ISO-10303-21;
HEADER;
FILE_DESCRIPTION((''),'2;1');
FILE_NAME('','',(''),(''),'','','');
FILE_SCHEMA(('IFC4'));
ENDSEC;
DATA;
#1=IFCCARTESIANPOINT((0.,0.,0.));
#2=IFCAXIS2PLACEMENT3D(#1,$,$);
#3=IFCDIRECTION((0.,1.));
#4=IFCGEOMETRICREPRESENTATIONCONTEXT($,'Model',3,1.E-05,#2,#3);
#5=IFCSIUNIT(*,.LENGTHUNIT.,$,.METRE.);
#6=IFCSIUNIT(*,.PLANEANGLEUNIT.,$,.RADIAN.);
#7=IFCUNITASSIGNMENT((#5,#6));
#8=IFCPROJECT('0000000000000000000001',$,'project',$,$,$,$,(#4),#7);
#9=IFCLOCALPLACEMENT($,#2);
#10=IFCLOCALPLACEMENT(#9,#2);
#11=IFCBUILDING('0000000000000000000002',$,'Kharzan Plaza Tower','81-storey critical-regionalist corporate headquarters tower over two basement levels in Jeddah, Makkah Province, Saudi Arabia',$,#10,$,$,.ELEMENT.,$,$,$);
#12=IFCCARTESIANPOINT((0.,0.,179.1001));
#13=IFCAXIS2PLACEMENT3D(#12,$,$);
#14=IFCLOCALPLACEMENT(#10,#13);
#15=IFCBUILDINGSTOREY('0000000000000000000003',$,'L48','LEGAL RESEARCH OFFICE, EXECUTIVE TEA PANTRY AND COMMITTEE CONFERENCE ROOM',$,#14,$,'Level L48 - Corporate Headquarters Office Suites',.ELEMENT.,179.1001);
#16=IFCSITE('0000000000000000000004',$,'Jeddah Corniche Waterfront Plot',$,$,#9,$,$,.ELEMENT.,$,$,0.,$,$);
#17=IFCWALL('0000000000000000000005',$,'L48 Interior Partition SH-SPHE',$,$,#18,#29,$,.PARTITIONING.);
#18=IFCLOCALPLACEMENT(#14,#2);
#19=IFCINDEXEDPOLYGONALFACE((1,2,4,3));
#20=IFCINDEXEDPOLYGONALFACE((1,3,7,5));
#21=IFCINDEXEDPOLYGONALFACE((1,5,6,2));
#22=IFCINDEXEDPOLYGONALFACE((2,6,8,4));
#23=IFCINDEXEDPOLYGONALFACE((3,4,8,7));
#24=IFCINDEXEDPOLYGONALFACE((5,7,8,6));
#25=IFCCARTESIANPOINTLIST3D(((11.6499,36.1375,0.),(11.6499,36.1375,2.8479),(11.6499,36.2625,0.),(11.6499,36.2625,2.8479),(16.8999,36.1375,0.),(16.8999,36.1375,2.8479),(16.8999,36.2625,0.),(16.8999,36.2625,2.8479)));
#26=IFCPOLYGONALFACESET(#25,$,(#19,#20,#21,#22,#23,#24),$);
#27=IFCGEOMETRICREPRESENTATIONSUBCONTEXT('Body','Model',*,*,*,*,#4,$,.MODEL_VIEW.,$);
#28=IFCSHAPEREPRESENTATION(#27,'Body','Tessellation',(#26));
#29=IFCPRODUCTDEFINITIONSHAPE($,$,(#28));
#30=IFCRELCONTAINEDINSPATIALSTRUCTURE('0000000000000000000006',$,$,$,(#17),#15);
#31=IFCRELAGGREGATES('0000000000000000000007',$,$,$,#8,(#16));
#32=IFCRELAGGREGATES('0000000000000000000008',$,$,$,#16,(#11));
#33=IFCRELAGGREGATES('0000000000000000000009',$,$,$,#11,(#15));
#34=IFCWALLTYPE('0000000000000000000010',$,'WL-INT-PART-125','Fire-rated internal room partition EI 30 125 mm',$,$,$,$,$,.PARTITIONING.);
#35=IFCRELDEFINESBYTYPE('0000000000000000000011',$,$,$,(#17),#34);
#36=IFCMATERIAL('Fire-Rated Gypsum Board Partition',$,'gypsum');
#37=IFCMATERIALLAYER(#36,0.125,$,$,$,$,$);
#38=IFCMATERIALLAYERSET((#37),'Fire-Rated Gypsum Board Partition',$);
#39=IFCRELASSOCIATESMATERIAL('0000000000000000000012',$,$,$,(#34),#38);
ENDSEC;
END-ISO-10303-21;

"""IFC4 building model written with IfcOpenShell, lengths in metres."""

from ifc_helpers import new_model, si_unit, direction, frame, frame_2d, origin, place, context, subcontext, project, spatial, rectangle, extrude, source, transform, mapped, material, layer, layer_set, type_object, element, save


model = new_model("IFC4")

# Units and contexts
model_context = context("Model", 3, precision=1e-05, world=origin(), true_north=direction((0.0, 1.0)))
body_context = subcontext(model_context, "Body", "Model", "MODEL_VIEW")
ifc_project = project(units=[si_unit("LENGTHUNIT", "METRE"), si_unit("PLANEANGLEUNIT", "RADIAN")], contexts=[model_context])

# Site, building, storey
site_placement = place(None, origin())
site = spatial("IfcSite", under=ifc_project, at=site_placement, Name="Jeddah Corniche Waterfront Plot", CompositionType="ELEMENT", RefElevation=0.0)
building_placement = place(site_placement, origin())
building = spatial("IfcBuilding", under=site, at=building_placement, Name="Kharzan Plaza Tower", Description="81-storey critical-regionalist corporate headquarters tower over two basement levels in Jeddah, Makkah Province, Saudi Arabia", CompositionType="ELEMENT")
storey_placement = place(building_placement, frame((0.0, 0.0, 179.1001)))
storey = spatial("IfcBuildingStorey", under=building, at=storey_placement, Name="L48", Description="LEGAL RESEARCH OFFICE, EXECUTIVE TEA PANTRY AND COMMITTEE CONFERENCE ROOM", LongName="Level L48 - Corporate Headquarters Office Suites", CompositionType="ELEMENT", Elevation=179.1001)

# Shared definitions
ifc_material_1 = material(Name="Fire-Rated Gypsum Board Partition", Category="gypsum")
ifc_layer_1 = layer(ifc_material_1, 0.125)
ifc_layer_set_1 = layer_set([ifc_layer_1], Name="Fire-Rated Gypsum Board Partition")
wall_type_1 = type_object("IfcWallType", Name="WL-INT-PART-125", Description="Fire-rated internal room partition EI 30 125 mm", PredefinedType="PARTITIONING", material=ifc_layer_set_1)

# Wall
shared_shape_1 = source(origin(), body_context, "Body", "SweptSolid", [
    extrude(rectangle(XDim=5.25, YDim=0.125, at=frame_2d((2.625, 0.0))), origin(), (0.0, 0.0, 1.0), 2.8479),
])
wall_1_placement = place(storey_placement, frame((11.6499, 36.2, 0.0), z_axis=(0.0, 0.0, 1.0), x_axis=(1.0, 0.0, 0.0)))
element("IfcWall", 1, at=wall_1_placement, inside=storey, type_object=wall_type_1, Name="L48 Interior Partition SH-SPHE", PredefinedType="PARTITIONING", context=body_context, shape_type="MappedRepresentation", body=[
    mapped(shared_shape_1, transform((0.0, 0.0, 0.0), x_axis=(1.0, 0.0, 0.0), y_axis=(0.0, 1.0, 0.0), z_axis=(0.0, 0.0, 1.0))),
])

save(model, "model.ifc")
